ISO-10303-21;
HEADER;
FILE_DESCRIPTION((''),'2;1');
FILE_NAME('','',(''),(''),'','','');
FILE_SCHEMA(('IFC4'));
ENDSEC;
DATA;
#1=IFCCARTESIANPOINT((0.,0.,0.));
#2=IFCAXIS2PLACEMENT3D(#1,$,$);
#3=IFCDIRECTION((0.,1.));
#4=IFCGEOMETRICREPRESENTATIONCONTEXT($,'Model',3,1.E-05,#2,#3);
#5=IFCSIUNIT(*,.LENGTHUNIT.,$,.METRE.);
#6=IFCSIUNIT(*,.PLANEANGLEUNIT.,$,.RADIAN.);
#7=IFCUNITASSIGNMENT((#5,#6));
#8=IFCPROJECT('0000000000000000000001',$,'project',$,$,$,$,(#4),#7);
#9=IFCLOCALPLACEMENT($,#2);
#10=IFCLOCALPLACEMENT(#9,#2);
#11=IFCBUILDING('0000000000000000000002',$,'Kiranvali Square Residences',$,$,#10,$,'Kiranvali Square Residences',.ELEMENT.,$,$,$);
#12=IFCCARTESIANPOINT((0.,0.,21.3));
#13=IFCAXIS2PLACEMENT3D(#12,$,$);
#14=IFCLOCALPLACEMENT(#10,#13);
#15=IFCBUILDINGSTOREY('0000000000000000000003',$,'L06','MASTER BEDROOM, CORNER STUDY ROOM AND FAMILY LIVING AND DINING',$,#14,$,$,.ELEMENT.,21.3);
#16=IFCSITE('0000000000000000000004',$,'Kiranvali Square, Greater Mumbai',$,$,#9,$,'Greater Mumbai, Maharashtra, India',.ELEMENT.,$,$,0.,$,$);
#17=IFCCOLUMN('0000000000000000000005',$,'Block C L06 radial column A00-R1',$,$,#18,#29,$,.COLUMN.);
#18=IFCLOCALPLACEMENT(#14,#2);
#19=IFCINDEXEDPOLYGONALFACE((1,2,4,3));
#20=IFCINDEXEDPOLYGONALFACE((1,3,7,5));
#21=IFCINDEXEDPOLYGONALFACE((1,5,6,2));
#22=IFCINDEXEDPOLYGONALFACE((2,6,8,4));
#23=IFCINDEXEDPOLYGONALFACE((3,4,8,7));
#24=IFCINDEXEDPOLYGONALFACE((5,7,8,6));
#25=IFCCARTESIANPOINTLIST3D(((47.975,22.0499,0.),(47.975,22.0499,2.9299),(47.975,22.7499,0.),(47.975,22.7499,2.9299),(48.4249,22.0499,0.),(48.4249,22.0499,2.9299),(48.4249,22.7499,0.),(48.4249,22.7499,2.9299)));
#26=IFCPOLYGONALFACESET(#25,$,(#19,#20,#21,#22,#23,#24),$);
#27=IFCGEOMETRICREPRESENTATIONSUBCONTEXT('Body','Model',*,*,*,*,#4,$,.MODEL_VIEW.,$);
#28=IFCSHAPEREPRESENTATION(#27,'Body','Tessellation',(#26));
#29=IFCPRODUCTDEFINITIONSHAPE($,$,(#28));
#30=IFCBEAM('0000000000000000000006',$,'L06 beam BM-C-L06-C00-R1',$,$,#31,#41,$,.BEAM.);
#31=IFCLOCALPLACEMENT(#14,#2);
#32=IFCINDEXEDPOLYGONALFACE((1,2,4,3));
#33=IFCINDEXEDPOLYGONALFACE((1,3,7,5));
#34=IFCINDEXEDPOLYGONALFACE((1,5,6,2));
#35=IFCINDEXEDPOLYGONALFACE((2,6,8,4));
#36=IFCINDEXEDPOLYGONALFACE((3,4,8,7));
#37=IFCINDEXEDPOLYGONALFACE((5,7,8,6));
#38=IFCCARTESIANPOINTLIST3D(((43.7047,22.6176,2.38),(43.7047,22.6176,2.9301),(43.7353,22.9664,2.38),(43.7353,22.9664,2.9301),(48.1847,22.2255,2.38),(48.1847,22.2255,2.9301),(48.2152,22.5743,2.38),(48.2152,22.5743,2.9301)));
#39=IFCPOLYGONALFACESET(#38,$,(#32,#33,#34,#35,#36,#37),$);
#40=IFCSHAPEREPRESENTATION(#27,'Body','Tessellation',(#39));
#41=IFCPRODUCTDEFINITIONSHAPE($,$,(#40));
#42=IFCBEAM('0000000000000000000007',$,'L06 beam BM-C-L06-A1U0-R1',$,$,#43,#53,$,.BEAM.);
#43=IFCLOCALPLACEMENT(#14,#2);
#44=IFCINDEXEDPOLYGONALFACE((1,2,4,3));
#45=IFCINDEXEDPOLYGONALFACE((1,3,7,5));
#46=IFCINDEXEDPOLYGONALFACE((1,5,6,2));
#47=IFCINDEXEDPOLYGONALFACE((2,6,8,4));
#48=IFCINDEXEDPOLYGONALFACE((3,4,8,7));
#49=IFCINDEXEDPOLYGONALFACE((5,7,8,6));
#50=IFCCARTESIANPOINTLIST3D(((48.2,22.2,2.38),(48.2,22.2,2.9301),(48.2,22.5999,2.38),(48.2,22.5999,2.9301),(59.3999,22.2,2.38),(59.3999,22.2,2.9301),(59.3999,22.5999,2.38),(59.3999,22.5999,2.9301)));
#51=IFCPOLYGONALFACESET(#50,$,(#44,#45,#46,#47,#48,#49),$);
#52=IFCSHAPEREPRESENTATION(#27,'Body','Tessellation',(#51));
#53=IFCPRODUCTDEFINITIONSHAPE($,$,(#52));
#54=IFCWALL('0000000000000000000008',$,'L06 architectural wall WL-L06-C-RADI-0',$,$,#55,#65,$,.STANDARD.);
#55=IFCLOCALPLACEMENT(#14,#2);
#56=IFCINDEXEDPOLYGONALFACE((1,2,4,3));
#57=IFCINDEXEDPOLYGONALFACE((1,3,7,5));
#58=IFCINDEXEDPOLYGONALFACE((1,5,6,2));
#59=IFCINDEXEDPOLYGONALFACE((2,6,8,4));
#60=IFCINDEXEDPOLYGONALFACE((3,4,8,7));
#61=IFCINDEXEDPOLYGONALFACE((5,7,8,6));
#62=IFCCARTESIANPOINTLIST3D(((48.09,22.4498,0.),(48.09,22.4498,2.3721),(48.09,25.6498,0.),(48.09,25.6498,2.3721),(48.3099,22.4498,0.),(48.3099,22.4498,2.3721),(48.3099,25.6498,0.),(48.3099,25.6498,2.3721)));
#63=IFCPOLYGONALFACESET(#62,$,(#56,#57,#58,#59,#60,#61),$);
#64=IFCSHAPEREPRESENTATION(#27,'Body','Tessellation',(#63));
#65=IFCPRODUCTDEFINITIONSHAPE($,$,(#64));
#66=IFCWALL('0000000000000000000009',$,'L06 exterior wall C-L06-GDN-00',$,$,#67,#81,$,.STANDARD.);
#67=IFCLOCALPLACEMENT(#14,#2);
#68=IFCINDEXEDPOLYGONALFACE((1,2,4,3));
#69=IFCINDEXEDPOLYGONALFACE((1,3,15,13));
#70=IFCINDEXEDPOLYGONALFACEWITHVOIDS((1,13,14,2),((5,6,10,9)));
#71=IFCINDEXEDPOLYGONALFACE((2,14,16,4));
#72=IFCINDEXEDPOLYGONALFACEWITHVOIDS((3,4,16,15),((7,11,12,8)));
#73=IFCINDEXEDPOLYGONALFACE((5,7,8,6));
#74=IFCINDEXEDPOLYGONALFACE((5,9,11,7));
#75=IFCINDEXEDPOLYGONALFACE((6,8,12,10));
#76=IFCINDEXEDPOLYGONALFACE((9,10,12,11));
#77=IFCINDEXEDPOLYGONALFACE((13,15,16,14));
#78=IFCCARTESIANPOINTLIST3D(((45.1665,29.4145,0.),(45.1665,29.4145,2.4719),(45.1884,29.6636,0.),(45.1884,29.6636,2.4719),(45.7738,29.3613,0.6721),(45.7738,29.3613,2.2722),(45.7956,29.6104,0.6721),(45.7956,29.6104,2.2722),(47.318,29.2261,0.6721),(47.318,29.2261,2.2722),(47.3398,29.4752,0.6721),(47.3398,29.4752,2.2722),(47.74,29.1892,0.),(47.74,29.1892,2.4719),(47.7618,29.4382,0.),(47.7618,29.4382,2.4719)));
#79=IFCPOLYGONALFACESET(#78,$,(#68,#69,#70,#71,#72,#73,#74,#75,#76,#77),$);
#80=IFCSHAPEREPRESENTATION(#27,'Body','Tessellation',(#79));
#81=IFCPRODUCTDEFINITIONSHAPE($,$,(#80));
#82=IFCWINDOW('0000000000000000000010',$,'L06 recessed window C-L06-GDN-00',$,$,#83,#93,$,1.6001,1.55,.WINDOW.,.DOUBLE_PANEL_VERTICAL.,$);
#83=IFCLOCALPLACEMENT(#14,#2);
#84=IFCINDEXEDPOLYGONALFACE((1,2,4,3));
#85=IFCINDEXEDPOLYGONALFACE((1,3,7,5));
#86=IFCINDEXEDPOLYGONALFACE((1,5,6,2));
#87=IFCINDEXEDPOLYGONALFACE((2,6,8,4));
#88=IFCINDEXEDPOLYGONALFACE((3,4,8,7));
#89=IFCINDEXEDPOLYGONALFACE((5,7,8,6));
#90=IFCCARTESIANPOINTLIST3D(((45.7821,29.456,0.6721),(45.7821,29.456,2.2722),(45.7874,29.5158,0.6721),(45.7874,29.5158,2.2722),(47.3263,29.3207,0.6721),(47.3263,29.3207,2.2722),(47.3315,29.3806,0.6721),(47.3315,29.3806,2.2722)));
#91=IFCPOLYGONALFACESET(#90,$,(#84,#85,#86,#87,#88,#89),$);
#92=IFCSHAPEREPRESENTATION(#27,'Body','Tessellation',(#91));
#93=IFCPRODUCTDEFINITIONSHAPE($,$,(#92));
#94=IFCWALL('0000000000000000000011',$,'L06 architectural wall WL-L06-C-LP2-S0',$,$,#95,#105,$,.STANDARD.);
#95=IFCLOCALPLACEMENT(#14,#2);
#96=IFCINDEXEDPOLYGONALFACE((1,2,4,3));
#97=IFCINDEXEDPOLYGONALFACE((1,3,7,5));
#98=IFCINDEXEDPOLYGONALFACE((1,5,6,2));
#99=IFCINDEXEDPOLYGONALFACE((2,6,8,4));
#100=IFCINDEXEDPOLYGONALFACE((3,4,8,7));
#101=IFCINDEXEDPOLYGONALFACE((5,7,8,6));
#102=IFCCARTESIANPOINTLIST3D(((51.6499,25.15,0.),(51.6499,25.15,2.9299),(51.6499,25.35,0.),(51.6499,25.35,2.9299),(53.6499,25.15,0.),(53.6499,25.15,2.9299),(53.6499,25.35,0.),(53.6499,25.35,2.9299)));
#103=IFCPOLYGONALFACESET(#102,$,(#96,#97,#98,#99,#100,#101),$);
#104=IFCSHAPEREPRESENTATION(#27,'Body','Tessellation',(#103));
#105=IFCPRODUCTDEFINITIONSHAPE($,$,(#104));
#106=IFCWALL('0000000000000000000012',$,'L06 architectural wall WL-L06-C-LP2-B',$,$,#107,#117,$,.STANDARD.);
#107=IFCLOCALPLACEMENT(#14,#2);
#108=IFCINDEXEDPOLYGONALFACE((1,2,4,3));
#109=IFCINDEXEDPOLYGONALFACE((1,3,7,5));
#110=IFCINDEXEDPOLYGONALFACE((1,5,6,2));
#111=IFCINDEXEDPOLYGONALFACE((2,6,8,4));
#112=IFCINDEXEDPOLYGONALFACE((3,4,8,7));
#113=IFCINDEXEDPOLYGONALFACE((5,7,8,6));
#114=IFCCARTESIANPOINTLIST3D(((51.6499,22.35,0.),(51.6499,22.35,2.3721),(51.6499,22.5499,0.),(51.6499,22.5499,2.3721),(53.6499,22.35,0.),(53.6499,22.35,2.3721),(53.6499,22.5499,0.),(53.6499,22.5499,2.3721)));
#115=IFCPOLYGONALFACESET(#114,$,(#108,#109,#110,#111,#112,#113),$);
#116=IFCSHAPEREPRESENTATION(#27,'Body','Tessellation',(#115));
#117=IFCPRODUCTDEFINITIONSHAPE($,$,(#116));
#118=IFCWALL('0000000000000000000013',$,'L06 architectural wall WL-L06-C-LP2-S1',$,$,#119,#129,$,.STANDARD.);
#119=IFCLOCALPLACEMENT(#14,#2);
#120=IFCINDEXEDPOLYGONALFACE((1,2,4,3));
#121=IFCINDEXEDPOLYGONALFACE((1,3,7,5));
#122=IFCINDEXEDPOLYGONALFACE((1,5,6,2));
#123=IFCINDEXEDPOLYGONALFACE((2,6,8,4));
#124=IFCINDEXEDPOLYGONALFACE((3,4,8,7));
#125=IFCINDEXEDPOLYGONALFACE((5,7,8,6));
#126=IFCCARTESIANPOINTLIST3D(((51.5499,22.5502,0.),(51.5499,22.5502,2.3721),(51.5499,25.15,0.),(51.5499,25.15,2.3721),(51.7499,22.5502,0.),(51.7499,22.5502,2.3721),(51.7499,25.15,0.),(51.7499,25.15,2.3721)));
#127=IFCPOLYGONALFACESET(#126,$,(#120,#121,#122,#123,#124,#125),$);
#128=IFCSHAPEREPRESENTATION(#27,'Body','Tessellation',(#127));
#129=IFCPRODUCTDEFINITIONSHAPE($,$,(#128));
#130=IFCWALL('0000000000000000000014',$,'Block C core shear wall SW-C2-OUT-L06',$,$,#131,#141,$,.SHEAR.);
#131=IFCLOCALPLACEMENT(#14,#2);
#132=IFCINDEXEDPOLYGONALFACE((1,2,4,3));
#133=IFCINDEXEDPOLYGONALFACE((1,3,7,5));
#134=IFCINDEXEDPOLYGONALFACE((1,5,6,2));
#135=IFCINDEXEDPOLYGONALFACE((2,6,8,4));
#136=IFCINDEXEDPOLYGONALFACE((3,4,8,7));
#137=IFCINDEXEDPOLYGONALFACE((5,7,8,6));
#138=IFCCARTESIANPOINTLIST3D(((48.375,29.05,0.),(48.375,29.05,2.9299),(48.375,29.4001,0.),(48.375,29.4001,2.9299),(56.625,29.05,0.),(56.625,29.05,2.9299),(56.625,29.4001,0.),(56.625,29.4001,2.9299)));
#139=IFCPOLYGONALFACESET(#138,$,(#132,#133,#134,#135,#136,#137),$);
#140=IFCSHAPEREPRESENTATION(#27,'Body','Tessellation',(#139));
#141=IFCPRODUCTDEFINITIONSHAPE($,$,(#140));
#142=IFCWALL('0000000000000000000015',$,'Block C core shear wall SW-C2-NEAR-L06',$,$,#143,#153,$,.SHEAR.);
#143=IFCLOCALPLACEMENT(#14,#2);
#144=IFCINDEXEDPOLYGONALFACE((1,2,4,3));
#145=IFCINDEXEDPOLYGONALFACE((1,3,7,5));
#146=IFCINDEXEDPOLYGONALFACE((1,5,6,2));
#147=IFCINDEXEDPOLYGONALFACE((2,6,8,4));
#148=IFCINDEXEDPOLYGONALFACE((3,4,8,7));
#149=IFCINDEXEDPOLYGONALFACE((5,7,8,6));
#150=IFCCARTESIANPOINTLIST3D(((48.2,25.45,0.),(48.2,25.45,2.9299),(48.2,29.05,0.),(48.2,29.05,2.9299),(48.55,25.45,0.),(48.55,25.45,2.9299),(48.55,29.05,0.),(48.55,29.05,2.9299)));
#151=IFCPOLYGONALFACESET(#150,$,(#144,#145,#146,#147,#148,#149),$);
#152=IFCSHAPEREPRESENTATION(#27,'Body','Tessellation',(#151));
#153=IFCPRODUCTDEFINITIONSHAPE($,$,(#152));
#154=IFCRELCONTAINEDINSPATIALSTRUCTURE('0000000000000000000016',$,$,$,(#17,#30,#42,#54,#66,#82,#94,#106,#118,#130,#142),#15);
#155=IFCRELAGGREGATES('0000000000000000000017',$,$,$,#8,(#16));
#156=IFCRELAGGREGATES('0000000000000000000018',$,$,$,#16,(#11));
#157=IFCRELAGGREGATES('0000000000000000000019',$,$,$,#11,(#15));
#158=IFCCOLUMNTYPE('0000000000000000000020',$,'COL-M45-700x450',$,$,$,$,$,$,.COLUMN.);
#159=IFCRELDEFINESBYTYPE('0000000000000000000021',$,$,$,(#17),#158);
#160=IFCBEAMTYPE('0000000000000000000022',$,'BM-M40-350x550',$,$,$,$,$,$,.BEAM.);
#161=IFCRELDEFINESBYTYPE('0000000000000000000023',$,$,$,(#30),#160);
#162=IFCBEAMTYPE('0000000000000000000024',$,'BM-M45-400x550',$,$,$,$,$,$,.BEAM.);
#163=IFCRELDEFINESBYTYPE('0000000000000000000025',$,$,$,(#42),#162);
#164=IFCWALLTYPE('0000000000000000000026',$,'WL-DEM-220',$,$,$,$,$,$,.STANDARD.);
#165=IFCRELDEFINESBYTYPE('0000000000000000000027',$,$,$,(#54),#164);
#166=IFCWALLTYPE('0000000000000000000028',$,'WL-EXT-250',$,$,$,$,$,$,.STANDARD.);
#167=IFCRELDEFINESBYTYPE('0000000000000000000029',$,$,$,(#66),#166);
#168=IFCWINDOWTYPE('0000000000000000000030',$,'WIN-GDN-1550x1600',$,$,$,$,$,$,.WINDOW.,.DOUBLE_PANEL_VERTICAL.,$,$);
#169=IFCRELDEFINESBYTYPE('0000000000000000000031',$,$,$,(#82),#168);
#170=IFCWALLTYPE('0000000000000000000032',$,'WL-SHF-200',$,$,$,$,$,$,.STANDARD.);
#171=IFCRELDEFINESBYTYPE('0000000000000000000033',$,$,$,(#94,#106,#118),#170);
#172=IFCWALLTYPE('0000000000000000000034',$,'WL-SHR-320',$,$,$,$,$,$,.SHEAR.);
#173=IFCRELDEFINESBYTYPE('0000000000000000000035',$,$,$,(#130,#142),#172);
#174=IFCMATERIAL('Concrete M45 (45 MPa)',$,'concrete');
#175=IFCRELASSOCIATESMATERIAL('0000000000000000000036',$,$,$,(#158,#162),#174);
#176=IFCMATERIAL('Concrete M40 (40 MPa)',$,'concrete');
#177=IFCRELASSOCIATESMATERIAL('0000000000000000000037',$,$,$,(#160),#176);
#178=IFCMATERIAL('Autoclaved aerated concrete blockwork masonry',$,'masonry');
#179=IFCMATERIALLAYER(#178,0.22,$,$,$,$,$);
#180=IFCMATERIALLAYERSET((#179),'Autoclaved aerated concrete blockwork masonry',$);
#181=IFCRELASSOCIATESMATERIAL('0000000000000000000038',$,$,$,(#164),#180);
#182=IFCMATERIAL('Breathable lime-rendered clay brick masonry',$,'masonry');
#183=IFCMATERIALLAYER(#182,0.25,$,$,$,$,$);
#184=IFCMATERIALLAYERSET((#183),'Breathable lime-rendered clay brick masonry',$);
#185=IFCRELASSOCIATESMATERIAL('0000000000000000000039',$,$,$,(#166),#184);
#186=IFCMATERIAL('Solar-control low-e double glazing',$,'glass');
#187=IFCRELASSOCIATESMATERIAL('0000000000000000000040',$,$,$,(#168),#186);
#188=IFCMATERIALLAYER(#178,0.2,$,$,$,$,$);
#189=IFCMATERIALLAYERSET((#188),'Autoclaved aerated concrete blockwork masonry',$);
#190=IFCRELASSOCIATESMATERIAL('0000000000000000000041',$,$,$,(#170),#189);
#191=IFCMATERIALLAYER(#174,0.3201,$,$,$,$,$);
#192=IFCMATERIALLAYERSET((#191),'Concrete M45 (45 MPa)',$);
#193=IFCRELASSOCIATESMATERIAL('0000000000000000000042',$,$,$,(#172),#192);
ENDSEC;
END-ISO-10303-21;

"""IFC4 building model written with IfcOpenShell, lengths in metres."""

from ifc_helpers import new_model, si_unit, direction, frame, frame_2d, origin, origin_2d, place, context, subcontext, project, spatial, rectangle, extrude, material, layer, layer_set, material_profile, profile_set, type_object, element, fill, save


model = new_model("IFC4")

# Units and contexts
model_context = context("Model", 3, precision=1e-05, world=origin(), true_north=direction((0.0, 1.0)))
body_context = subcontext(model_context, "Body", "Model", "MODEL_VIEW")
ifc_project = project(units=[si_unit("LENGTHUNIT", "METRE"), si_unit("PLANEANGLEUNIT", "RADIAN")], contexts=[model_context])

# Site, building, storey
site_placement = place(None, origin())
site = spatial("IfcSite", under=ifc_project, at=site_placement, Name="Kiranvali Square, Greater Mumbai", LongName="Greater Mumbai, Maharashtra, India", CompositionType="ELEMENT", RefElevation=0.0)
building_placement = place(site_placement, origin())
building = spatial("IfcBuilding", under=site, at=building_placement, Name="Kiranvali Square Residences", LongName="Kiranvali Square Residences", CompositionType="ELEMENT")
storey_placement = place(building_placement, frame((0.0, 0.0, 21.3)))
storey = spatial("IfcBuildingStorey", under=building, at=storey_placement, Name="L06", Description="MASTER BEDROOM, CORNER STUDY ROOM AND FAMILY LIVING AND DINING", CompositionType="ELEMENT", Elevation=21.3)

# Column
ifc_material_1 = material(Name="Concrete M45 (45 MPa)", Category="concrete")
ifc_material_profile_1 = material_profile(ifc_material_1, rectangle(XDim=0.45, YDim=0.7, at=origin_2d()), Name="RC 700x450")
ifc_profile_set_1 = profile_set([ifc_material_profile_1], Name="Concrete M45 (45 MPa)")
column_type = type_object("IfcColumnType", Name="COL-M45-700x450", PredefinedType="COLUMN", material=ifc_profile_set_1)
column_placement = place(storey_placement, frame((48.2, 22.3999, 0.0), z_axis=(0.0, 0.0, 1.0), x_axis=(1.0, 0.0, 0.0)))
element("IfcColumn", 1, at=column_placement, inside=storey, type_object=column_type, Name="Block C L06 radial column A00-R1", PredefinedType="COLUMN", context=body_context, shape_type="SweptSolid", body=[
    extrude(rectangle(XDim=0.45, YDim=0.7, at=origin_2d()), origin(), (0.0, 0.0, 1.0), 2.9299),
])

# Beams
ifc_material_2 = material(Name="Concrete M40 (40 MPa)", Category="concrete")
ifc_material_profile_2 = material_profile(ifc_material_2, rectangle(XDim=0.3501, YDim=0.55, at=origin_2d()), Name="RC 350x550")
ifc_profile_set_2 = profile_set([ifc_material_profile_2], Name="Concrete M40 (40 MPa)")
beam_type_1 = type_object("IfcBeamType", Name="BM-M40-350x550", PredefinedType="BEAM", material=ifc_profile_set_2)
beam_1_placement = place(storey_placement, frame((48.2, 22.3999, 2.655), z_axis=(-0.996192, 0.087187, 0.0), x_axis=(-0.087187, -0.996192, 0.0)))
element("IfcBeam", 2, at=beam_1_placement, inside=storey, type_object=beam_type_1, Name="L06 beam BM-C-L06-C00-R1", PredefinedType="BEAM", context=body_context, shape_type="SweptSolid", body=[
    extrude(rectangle(XDim=0.3501, YDim=0.55, at=origin_2d()), origin(), (0.0, 0.0, 1.0), 4.4971),
])
ifc_material_profile_3 = material_profile(ifc_material_1, rectangle(XDim=0.3999, YDim=0.55, at=origin_2d()), Name="RC 400x550")
ifc_profile_set_3 = profile_set([ifc_material_profile_3], Name="Concrete M45 (45 MPa)")
beam_type_2 = type_object("IfcBeamType", Name="BM-M45-400x550", PredefinedType="BEAM", material=ifc_profile_set_3)
beam_2_placement = place(storey_placement, frame((48.2, 22.3999, 2.655), z_axis=(1.0, 0.0, 0.0), x_axis=(0.0, 1.0, 0.0)))
element("IfcBeam", 3, at=beam_2_placement, inside=storey, type_object=beam_type_2, Name="L06 beam BM-C-L06-A1U0-R1", PredefinedType="BEAM", context=body_context, shape_type="SweptSolid", body=[
    extrude(rectangle(XDim=0.3999, YDim=0.55, at=origin_2d()), origin(), (0.0, 0.0, 1.0), 11.2),
])

# Shared definitions
ifc_material_3 = material(Name="Autoclaved aerated concrete blockwork masonry", Category="masonry")

# Wall
ifc_layer_1 = layer(ifc_material_3, 0.22)
ifc_layer_set_1 = layer_set([ifc_layer_1], Name="Autoclaved aerated concrete blockwork masonry")
wall_type_1 = type_object("IfcWallType", Name="WL-DEM-220", PredefinedType="STANDARD", material=ifc_layer_set_1)
wall_1_placement = place(storey_placement, frame((48.2, 25.6499, 0.0), z_axis=(0.0, 0.0, 1.0), x_axis=(0.0, -1.0, 0.0)))
element("IfcWall", 4, at=wall_1_placement, inside=storey, type_object=wall_type_1, Name="L06 architectural wall WL-L06-C-RADI-0", PredefinedType="STANDARD", context=body_context, shape_type="SweptSolid", body=[
    extrude(rectangle(XDim=3.2, YDim=0.22, at=frame_2d((1.6001, 0.0))), origin(), (0.0, 0.0, 1.0), 2.3721),
])

# Wall, opening, window
ifc_material_4 = material(Name="Breathable lime-rendered clay brick masonry", Category="masonry")
ifc_layer_2 = layer(ifc_material_4, 0.25)
ifc_layer_set_2 = layer_set([ifc_layer_2], Name="Breathable lime-rendered clay brick masonry")
wall_type_2 = type_object("IfcWallType", Name="WL-EXT-250", PredefinedType="STANDARD", material=ifc_layer_set_2)
wall_2_placement = place(storey_placement, frame((47.7507, 29.3137, 0.0), z_axis=(0.0, 0.0, 1.0), x_axis=(-0.996188, 0.087229, 0.0)))
wall_2 = element("IfcWall", 5, at=wall_2_placement, inside=storey, type_object=wall_type_2, Name="L06 exterior wall C-L06-GDN-00", PredefinedType="STANDARD", context=body_context, shape_type="SweptSolid", body=[
    extrude(rectangle(XDim=2.5833, YDim=0.25, at=frame_2d((1.2915, 0.0))), origin(), (0.0, 0.0, 1.0), 2.4719),
])
opening_1_placement = place(wall_2_placement, frame((0.4236, 0.0, 0.6721)))
opening_1 = element("IfcOpeningElement", 6, at=opening_1_placement, cuts=wall_2, PredefinedType="OPENING", context=body_context, shape_type="SweptSolid", body=[
    extrude(rectangle(XDim=1.55, YDim=1.6001, at=frame_2d((0.7749, 0.8))), frame((0.0, 0.135, 0.0), z_axis=(0.0, -1.0, 0.0), x_axis=(1.0, 0.0, 0.0)), (0.0, 0.0, 1.0), 0.27),
])
ifc_material_5 = material(Name="Solar-control low-e double glazing", Category="glass")
window_type = type_object("IfcWindowType", Name="WIN-GDN-1550x1600", PartitioningType="DOUBLE_PANEL_VERTICAL", PredefinedType="WINDOW", material=ifc_material_5)
window_placement = place(opening_1_placement, origin())
window = element("IfcWindow", 7, at=window_placement, inside=storey, type_object=window_type, Name="L06 recessed window C-L06-GDN-00", OverallHeight=1.6001, OverallWidth=1.55, PartitioningType="DOUBLE_PANEL_VERTICAL", PredefinedType="WINDOW", context=body_context, shape_type="SweptSolid", body=[
    extrude(rectangle(XDim=1.55, YDim=1.6001, at=frame_2d((0.7749, 0.8))), frame((0.0, 0.03, 0.0), z_axis=(0.0, -1.0, 0.0), x_axis=(1.0, 0.0, 0.0)), (0.0, 0.0, 1.0), 0.0601),
])
fill(opening_1, window)

# Walls
ifc_layer_3 = layer(ifc_material_3, 0.2)
ifc_layer_set_3 = layer_set([ifc_layer_3], Name="Autoclaved aerated concrete blockwork masonry")
wall_type_3 = type_object("IfcWallType", Name="WL-SHF-200", PredefinedType="STANDARD", material=ifc_layer_set_3)
wall_3_placement = place(storey_placement, frame((51.6499, 25.25, 0.0), z_axis=(0.0, 0.0, 1.0), x_axis=(1.0, 0.0, 0.0)))
element("IfcWall", 8, at=wall_3_placement, inside=storey, type_object=wall_type_3, Name="L06 architectural wall WL-L06-C-LP2-S0", PredefinedType="STANDARD", context=body_context, shape_type="SweptSolid", body=[
    extrude(rectangle(XDim=2.0, YDim=0.2, at=frame_2d((1.0, 0.0))), origin(), (0.0, 0.0, 1.0), 2.9299),
])
wall_4_placement = place(storey_placement, frame((51.6499, 22.45, 0.0), z_axis=(0.0, 0.0, 1.0), x_axis=(1.0, 0.0, 0.0)))
element("IfcWall", 9, at=wall_4_placement, inside=storey, type_object=wall_type_3, Name="L06 architectural wall WL-L06-C-LP2-B", PredefinedType="STANDARD", context=body_context, shape_type="SweptSolid", body=[
    extrude(rectangle(XDim=2.0, YDim=0.2, at=frame_2d((1.0, 0.0))), origin(), (0.0, 0.0, 1.0), 2.3721),
])
wall_5_placement = place(storey_placement, frame((51.6499, 25.1499, 0.0), z_axis=(0.0, 0.0, 1.0), x_axis=(0.0, -1.0, 0.0)))
element("IfcWall", 10, at=wall_5_placement, inside=storey, type_object=wall_type_3, Name="L06 architectural wall WL-L06-C-LP2-S1", PredefinedType="STANDARD", context=body_context, shape_type="SweptSolid", body=[
    extrude(rectangle(XDim=2.5999, YDim=0.2, at=frame_2d((1.2998, 0.0))), origin(), (0.0, 0.0, 1.0), 2.3721),
])
ifc_layer_4 = layer(ifc_material_1, 0.3201)
ifc_layer_set_4 = layer_set([ifc_layer_4], Name="Concrete M45 (45 MPa)")
wall_type_4 = type_object("IfcWallType", Name="WL-SHR-320", PredefinedType="SHEAR", material=ifc_layer_set_4)
wall_6_placement = place(storey_placement, frame((48.375, 29.2251, 0.0), z_axis=(0.0, 0.0, 1.0), x_axis=(1.0, 0.0, 0.0)))
element("IfcWall", 11, at=wall_6_placement, inside=storey, type_object=wall_type_4, Name="Block C core shear wall SW-C2-OUT-L06", PredefinedType="SHEAR", context=body_context, shape_type="SweptSolid", body=[
    extrude(rectangle(XDim=8.25, YDim=0.3501, at=frame_2d((4.125, 0.0))), origin(), (0.0, 0.0, 1.0), 2.9299),
])

# Wall
wall_7_placement = place(storey_placement, frame((48.375, 29.05, 0.0), z_axis=(0.0, 0.0, 1.0), x_axis=(0.0, -1.0, 0.0)))
element("IfcWall", 12, at=wall_7_placement, inside=storey, type_object=wall_type_4, Name="Block C core shear wall SW-C2-NEAR-L06", PredefinedType="SHEAR", context=body_context, shape_type="SweptSolid", body=[
    extrude(rectangle(XDim=3.6001, YDim=0.3501, at=frame_2d((1.8, 0.0))), origin(), (0.0, 0.0, 1.0), 2.9299),
])

save(model, "model.ifc")
